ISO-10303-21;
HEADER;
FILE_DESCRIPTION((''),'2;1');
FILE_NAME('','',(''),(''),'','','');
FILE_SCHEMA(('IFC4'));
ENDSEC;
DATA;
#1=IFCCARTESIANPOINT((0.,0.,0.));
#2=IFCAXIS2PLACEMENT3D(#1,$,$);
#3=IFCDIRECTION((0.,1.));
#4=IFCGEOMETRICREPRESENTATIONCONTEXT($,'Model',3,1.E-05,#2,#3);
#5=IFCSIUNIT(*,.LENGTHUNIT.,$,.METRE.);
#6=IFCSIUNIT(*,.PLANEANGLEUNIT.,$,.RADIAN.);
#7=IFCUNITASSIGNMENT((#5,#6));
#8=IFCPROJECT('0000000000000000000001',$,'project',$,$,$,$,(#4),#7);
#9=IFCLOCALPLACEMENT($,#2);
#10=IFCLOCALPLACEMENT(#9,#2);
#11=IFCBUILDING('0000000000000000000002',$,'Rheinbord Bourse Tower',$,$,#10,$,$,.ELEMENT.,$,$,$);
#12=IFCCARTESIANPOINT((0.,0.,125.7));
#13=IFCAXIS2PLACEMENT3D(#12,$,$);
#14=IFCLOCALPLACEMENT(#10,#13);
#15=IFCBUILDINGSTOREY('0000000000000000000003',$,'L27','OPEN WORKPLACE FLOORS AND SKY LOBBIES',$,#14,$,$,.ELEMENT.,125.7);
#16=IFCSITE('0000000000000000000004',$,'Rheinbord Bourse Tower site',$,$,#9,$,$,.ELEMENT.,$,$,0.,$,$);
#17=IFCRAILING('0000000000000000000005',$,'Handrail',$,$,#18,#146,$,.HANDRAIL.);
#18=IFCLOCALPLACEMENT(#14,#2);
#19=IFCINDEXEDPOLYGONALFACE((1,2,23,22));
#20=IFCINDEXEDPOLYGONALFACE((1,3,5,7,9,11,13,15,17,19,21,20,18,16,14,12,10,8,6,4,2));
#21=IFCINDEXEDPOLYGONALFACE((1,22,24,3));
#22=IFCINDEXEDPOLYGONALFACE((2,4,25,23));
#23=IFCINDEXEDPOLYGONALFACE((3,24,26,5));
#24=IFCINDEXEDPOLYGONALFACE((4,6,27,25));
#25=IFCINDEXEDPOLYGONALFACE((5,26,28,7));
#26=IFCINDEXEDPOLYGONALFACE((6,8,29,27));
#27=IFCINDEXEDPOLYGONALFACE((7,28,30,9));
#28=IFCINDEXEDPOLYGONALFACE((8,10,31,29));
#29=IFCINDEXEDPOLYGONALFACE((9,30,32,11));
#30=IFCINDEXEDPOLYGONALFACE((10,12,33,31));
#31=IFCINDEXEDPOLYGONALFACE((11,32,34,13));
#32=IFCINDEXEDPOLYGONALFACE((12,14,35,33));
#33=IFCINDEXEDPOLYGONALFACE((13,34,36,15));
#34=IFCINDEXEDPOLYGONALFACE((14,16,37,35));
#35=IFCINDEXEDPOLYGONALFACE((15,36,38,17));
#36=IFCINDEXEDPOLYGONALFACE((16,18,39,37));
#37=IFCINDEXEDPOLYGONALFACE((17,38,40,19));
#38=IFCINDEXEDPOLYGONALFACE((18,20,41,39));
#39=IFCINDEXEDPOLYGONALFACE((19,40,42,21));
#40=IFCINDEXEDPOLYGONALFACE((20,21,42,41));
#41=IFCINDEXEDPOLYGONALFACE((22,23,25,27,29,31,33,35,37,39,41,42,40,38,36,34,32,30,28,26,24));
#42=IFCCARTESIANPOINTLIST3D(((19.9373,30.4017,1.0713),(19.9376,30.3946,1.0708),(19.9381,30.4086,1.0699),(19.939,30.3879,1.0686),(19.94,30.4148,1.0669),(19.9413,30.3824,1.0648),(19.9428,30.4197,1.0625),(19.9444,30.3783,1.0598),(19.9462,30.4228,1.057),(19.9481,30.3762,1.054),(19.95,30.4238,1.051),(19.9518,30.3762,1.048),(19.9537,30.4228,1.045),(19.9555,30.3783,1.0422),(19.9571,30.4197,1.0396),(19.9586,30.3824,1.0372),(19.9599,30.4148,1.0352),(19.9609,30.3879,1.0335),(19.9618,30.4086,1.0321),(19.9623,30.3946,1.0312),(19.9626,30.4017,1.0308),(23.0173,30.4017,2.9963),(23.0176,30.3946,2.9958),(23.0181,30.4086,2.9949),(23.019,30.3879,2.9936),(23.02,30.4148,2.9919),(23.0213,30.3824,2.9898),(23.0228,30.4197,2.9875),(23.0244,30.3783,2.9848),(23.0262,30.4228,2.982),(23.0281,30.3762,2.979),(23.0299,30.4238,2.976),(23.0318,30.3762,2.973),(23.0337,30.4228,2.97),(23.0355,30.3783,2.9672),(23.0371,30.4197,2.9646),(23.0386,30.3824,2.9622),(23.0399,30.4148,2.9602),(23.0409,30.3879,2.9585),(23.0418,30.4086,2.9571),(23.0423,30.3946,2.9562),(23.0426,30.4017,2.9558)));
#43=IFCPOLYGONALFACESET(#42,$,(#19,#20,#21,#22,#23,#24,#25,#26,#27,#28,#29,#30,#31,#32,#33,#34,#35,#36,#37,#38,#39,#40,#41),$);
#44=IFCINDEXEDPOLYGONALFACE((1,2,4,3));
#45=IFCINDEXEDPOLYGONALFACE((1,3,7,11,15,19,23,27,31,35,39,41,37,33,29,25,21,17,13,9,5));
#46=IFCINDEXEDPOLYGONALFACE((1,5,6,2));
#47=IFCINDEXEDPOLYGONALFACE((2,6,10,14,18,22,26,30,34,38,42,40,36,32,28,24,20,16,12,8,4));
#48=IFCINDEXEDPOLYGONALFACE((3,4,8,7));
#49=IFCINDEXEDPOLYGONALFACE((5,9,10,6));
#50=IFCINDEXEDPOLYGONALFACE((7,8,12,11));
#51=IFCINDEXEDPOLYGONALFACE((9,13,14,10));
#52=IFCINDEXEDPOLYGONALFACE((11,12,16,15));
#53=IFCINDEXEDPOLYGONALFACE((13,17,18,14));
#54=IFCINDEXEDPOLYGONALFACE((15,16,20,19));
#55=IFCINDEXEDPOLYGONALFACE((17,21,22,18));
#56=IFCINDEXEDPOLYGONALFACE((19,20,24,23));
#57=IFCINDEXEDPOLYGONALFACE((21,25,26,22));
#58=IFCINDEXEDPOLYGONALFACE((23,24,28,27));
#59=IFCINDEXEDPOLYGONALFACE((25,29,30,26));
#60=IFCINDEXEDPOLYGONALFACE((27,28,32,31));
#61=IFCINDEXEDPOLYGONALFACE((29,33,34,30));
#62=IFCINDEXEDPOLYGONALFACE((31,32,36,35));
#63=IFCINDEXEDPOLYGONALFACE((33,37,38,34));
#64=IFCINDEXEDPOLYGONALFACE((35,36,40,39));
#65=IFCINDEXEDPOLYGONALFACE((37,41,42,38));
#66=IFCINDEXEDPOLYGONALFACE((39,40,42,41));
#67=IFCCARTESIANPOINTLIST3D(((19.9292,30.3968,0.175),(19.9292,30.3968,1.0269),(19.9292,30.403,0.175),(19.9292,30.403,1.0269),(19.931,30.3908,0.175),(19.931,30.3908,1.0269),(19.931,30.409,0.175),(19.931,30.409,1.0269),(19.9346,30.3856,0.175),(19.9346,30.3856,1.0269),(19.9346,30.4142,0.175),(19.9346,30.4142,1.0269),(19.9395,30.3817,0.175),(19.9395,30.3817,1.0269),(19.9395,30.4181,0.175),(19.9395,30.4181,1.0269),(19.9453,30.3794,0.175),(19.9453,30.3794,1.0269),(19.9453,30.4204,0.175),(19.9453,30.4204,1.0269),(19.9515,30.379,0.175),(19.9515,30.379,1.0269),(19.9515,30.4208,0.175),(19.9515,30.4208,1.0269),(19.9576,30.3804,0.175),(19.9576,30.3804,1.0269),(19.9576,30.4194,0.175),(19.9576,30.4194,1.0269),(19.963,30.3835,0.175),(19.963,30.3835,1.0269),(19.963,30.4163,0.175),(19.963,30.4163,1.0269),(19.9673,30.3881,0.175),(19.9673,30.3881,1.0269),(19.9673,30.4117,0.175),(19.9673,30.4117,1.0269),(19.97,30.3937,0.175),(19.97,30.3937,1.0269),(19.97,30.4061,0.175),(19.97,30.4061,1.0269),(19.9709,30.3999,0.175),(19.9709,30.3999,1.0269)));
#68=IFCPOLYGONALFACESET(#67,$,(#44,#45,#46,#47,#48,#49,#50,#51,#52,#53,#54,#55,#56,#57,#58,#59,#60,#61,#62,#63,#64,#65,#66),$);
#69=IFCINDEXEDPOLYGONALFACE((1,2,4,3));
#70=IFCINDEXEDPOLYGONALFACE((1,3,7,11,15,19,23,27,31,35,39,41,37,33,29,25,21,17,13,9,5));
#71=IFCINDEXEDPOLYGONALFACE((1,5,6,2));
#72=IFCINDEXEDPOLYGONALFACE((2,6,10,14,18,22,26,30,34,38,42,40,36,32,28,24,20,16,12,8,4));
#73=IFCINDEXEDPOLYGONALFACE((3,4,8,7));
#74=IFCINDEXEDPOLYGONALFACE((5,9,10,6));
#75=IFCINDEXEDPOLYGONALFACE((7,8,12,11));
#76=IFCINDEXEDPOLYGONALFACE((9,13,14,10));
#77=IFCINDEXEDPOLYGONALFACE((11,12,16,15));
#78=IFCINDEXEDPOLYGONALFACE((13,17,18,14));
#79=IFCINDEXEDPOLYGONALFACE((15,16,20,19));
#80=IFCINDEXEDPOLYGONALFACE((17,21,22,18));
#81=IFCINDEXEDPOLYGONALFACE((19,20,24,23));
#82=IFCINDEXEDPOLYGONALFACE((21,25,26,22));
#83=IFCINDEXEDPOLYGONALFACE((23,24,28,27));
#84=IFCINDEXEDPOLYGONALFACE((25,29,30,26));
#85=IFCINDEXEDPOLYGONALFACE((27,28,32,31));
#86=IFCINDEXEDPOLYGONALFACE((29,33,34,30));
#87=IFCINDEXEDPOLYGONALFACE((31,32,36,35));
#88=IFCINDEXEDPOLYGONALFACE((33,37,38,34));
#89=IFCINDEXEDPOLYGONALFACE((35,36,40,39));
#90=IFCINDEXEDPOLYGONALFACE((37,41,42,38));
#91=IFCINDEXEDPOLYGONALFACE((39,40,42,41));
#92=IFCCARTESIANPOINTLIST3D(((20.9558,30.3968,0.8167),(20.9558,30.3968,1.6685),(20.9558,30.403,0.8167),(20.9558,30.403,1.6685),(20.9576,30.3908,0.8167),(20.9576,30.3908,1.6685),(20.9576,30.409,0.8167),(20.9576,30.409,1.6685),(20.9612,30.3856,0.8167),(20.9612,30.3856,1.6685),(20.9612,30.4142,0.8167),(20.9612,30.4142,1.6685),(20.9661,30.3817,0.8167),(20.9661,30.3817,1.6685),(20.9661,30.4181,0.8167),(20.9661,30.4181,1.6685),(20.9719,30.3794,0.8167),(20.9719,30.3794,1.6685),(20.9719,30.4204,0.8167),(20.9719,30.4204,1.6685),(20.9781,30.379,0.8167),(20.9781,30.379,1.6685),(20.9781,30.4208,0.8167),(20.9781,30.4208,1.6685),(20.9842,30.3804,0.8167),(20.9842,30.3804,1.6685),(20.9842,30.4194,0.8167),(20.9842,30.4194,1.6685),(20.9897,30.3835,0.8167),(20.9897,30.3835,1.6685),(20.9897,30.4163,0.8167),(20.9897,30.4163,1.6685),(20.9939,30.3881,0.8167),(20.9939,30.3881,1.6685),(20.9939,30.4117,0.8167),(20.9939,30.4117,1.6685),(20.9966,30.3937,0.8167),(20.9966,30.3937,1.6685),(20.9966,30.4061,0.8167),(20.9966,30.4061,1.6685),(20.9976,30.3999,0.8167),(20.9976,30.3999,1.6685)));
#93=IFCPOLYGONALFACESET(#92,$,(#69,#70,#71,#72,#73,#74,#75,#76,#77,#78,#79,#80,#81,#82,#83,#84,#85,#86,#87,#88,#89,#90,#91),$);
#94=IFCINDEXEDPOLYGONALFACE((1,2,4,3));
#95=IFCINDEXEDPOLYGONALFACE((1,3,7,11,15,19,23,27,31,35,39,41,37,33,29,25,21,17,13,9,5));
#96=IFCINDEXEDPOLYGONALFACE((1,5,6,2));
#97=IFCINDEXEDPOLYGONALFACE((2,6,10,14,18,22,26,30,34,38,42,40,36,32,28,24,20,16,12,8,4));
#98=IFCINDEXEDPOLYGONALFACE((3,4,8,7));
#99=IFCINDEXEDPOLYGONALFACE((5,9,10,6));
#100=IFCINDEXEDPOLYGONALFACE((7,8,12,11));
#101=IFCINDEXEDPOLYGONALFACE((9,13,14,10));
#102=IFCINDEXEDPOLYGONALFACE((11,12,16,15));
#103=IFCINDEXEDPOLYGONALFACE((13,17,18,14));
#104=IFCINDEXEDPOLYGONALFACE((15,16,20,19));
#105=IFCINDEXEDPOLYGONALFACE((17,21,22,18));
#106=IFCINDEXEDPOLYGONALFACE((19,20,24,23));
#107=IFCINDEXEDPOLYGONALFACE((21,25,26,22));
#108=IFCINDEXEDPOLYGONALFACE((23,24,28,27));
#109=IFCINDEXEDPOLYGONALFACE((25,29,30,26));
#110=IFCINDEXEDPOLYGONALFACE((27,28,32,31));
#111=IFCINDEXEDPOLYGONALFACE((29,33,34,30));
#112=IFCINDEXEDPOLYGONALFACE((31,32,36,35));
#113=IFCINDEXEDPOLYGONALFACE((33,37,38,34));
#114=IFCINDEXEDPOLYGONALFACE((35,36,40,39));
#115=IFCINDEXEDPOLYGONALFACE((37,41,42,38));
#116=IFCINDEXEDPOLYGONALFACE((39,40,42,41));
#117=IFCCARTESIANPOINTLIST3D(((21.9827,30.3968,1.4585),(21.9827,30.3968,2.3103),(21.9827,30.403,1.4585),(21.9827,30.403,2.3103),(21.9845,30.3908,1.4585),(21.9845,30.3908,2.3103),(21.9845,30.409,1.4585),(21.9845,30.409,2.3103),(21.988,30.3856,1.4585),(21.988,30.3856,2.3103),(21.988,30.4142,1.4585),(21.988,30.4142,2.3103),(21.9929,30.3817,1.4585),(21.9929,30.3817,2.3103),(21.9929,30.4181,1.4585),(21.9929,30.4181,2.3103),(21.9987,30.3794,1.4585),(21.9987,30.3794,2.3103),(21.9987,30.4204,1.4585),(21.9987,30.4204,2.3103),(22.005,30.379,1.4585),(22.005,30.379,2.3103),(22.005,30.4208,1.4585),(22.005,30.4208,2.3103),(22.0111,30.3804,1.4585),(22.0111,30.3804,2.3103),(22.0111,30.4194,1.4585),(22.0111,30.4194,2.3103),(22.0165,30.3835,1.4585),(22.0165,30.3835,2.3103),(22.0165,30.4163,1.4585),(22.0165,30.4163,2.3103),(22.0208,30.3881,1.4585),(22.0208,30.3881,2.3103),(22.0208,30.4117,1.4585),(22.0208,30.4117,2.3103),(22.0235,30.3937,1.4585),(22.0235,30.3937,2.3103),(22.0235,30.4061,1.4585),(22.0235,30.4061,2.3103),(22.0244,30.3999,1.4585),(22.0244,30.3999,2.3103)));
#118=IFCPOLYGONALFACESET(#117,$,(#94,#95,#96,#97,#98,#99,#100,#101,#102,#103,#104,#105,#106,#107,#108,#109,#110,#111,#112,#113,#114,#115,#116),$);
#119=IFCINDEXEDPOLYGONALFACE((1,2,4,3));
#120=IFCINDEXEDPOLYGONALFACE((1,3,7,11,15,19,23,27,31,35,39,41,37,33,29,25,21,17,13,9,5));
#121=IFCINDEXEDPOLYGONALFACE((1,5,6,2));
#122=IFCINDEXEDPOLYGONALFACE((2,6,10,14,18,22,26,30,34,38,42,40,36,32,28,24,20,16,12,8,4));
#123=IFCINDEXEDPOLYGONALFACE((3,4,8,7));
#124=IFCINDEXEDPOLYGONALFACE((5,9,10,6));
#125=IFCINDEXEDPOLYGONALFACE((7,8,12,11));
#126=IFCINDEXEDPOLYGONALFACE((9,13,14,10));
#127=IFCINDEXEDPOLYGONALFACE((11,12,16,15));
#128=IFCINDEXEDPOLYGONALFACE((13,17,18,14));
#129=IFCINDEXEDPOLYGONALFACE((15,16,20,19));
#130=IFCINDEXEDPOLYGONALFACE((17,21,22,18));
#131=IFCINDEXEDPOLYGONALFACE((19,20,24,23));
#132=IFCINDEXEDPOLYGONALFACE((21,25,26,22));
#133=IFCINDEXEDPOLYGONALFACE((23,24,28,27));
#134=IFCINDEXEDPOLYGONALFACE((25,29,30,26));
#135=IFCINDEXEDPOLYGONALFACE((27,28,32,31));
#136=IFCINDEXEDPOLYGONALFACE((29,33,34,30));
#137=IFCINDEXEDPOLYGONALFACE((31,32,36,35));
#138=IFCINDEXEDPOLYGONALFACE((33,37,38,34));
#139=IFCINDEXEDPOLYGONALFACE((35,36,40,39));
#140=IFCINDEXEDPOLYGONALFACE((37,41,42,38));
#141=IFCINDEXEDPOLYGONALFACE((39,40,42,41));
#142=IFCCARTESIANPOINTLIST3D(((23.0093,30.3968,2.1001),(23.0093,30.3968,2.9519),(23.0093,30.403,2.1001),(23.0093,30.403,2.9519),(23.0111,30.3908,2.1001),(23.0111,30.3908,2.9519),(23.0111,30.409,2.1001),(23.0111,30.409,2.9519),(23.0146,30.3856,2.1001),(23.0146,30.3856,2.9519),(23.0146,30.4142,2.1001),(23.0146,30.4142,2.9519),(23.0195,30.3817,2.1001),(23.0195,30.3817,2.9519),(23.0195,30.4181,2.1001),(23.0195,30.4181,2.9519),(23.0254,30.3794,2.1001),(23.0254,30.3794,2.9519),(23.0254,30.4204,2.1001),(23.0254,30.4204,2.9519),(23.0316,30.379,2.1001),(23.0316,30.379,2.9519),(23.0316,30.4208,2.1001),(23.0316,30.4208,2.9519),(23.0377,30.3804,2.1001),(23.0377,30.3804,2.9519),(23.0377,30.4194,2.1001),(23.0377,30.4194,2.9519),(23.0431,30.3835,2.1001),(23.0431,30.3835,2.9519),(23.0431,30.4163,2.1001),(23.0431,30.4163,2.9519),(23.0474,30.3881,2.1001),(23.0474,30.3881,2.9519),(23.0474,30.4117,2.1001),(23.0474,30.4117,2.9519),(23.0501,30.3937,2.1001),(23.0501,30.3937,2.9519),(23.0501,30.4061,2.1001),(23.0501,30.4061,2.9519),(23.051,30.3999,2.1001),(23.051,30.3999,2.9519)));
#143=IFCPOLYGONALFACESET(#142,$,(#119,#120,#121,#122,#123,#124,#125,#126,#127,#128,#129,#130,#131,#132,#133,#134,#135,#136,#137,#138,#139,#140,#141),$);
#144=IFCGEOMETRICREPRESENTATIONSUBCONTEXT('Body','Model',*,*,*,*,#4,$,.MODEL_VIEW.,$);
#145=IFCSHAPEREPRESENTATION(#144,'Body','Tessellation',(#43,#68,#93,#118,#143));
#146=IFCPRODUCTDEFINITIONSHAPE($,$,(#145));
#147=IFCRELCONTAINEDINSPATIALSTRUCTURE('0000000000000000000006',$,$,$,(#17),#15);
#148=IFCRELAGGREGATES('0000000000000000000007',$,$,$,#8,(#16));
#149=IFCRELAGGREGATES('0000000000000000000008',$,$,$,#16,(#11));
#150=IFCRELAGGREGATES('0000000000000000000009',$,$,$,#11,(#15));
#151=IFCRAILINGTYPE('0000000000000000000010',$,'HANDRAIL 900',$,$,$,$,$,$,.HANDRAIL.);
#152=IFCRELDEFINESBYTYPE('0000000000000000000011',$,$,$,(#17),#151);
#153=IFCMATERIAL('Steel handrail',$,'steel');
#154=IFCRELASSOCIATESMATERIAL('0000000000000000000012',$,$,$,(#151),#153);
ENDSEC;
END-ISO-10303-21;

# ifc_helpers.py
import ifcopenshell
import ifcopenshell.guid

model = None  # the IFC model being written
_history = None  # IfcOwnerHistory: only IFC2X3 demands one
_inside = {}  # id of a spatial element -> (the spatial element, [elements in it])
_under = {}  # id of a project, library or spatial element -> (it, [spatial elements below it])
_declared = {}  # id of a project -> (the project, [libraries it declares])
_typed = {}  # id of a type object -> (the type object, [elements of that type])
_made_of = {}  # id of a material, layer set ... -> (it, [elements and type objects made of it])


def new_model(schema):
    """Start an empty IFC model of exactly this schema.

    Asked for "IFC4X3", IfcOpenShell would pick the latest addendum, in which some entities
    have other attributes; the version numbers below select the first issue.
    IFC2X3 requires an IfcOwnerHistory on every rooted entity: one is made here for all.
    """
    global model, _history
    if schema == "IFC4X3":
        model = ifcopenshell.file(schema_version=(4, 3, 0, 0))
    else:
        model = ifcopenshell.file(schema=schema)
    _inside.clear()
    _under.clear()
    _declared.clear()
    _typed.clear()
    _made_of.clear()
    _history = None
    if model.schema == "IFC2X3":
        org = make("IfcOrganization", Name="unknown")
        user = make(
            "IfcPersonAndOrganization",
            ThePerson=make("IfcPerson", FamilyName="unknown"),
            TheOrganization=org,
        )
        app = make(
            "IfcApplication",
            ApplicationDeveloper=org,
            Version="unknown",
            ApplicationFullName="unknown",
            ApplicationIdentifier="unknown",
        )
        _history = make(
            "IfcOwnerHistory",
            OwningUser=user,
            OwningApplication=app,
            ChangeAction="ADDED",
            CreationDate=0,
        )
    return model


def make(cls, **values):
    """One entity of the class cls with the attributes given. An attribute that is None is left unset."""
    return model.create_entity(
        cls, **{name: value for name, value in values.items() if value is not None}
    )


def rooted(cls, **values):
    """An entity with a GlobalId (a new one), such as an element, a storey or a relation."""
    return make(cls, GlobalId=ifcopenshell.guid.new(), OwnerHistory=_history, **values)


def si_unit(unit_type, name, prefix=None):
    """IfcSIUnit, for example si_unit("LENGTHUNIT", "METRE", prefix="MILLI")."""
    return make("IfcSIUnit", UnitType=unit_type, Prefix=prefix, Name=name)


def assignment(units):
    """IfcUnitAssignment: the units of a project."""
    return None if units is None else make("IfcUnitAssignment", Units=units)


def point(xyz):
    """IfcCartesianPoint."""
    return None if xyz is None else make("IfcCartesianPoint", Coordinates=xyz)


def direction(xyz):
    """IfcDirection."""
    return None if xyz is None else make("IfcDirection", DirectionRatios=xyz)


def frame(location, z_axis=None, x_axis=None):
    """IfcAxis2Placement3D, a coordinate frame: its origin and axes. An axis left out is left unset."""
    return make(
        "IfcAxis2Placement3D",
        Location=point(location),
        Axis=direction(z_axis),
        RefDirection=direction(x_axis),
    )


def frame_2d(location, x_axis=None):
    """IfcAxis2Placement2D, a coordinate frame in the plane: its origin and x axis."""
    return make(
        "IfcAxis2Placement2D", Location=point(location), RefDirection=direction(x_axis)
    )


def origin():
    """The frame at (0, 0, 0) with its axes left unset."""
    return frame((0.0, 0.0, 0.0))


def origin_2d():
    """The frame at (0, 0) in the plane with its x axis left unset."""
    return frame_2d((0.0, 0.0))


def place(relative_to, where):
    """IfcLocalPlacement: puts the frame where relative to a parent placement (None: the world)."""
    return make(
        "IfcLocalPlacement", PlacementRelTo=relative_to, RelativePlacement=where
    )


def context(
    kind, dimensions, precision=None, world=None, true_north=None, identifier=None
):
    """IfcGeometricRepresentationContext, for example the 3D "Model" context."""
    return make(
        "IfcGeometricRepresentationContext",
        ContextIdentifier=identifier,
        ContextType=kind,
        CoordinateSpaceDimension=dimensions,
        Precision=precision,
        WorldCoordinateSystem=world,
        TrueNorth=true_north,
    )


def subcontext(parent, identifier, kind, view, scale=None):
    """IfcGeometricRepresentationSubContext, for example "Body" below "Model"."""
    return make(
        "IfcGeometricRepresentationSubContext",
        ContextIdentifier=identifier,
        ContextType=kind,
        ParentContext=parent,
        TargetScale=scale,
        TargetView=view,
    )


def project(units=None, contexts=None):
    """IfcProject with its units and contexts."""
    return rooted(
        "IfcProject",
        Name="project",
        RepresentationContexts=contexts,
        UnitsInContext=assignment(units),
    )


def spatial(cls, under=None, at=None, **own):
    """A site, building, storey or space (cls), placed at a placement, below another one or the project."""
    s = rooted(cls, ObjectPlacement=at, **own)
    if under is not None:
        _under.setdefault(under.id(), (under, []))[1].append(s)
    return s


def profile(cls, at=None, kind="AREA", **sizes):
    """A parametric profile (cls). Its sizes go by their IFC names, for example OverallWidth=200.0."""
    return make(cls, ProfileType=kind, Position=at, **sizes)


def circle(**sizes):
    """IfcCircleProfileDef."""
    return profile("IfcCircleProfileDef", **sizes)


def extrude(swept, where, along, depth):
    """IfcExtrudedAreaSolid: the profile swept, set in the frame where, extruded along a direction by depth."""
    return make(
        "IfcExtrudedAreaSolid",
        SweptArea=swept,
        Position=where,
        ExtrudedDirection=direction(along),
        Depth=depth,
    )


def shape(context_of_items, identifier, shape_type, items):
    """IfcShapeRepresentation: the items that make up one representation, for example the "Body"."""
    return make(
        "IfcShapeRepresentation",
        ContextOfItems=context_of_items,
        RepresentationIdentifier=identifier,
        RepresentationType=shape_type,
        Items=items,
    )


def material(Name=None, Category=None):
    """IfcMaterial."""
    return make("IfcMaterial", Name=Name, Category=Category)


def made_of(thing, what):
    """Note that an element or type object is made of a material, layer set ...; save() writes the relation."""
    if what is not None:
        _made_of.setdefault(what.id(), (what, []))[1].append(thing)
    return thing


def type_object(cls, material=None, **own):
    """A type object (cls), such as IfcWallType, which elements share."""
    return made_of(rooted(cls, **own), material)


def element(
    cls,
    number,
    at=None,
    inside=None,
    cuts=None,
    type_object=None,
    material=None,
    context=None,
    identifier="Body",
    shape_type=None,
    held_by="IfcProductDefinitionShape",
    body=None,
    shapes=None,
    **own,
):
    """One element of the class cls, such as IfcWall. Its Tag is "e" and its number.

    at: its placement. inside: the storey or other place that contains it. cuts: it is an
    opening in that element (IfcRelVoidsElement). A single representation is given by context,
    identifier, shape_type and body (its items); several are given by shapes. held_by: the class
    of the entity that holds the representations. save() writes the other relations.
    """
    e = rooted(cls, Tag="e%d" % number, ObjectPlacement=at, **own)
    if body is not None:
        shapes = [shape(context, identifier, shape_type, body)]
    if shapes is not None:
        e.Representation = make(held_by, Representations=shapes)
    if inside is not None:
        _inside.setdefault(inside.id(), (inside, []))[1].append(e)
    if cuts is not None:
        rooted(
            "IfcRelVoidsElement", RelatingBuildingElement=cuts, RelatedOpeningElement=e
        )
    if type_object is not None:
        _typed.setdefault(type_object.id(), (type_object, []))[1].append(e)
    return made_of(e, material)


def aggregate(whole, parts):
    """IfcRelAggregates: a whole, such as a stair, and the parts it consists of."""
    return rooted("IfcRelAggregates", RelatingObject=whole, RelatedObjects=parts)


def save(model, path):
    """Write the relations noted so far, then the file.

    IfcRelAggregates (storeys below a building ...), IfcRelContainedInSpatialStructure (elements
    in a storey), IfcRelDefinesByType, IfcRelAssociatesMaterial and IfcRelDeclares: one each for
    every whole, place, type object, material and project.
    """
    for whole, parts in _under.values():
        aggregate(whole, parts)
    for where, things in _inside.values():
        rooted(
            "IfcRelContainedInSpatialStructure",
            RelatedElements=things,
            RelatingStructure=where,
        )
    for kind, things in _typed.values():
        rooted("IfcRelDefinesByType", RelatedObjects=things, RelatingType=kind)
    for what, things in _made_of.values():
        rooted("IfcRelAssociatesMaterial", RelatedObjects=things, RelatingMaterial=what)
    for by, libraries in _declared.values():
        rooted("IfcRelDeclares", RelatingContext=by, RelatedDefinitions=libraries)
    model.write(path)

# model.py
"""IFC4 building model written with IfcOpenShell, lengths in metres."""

from ifc_helpers import new_model, si_unit, direction, frame, origin, origin_2d, place, context, subcontext, project, spatial, circle, extrude, material, type_object, element, save


model = new_model("IFC4")

# Units and contexts
model_context = context("Model", 3, precision=1e-05, world=origin(), true_north=direction((0.0, 1.0)))
body_context = subcontext(model_context, "Body", "Model", "MODEL_VIEW")
ifc_project = project(units=[si_unit("LENGTHUNIT", "METRE"), si_unit("PLANEANGLEUNIT", "RADIAN")], contexts=[model_context])

# Site, building, storey
site_placement = place(None, origin())
site = spatial("IfcSite", under=ifc_project, at=site_placement, Name="Rheinbord Bourse Tower site", CompositionType="ELEMENT", RefElevation=0.0)
building_placement = place(site_placement, origin())
building = spatial("IfcBuilding", under=site, at=building_placement, Name="Rheinbord Bourse Tower", CompositionType="ELEMENT")
storey_placement = place(building_placement, frame((0.0, 0.0, 125.7)))
storey = spatial("IfcBuildingStorey", under=building, at=storey_placement, Name="L27", Description="OPEN WORKPLACE FLOORS AND SKY LOBBIES", CompositionType="ELEMENT", Elevation=125.7)

# Railing
ifc_material_1 = material(Name="Steel handrail", Category="steel")
railing_type = type_object("IfcRailingType", Name="HANDRAIL 900", PredefinedType="HANDRAIL", material=ifc_material_1)
railing_1_placement = place(storey_placement, frame((19.95, 30.3999, 0.175)))
element("IfcRailing", 1, at=railing_1_placement, inside=storey, type_object=railing_type, Name="Handrail", PredefinedType="HANDRAIL", context=body_context, shape_type="SweptSolid", body=[
    extrude(circle(Radius=0.0239, at=origin_2d()), frame((0.0, 0.0, 0.876), z_axis=(0.847998, 0.0, 0.529999), x_axis=(0.0, 1.0, 0.0)), (0.0, 0.0, 1.0), 3.6321),
    extrude(circle(Radius=0.021, at=origin_2d()), origin(), (0.0, 0.0, 1.0), 0.8518),
    extrude(circle(Radius=0.021, at=origin_2d()), frame((1.0266, 0.0, 0.6416)), (0.0, 0.0, 1.0), 0.8518),
    extrude(circle(Radius=0.021, at=origin_2d()), frame((2.0535, 0.0, 1.2834)), (0.0, 0.0, 1.0), 0.8518),
    extrude(circle(Radius=0.021, at=origin_2d()), frame((3.0801, 0.0, 1.925)), (0.0, 0.0, 1.0), 0.8518),
])

save(model, "model.ifc")
